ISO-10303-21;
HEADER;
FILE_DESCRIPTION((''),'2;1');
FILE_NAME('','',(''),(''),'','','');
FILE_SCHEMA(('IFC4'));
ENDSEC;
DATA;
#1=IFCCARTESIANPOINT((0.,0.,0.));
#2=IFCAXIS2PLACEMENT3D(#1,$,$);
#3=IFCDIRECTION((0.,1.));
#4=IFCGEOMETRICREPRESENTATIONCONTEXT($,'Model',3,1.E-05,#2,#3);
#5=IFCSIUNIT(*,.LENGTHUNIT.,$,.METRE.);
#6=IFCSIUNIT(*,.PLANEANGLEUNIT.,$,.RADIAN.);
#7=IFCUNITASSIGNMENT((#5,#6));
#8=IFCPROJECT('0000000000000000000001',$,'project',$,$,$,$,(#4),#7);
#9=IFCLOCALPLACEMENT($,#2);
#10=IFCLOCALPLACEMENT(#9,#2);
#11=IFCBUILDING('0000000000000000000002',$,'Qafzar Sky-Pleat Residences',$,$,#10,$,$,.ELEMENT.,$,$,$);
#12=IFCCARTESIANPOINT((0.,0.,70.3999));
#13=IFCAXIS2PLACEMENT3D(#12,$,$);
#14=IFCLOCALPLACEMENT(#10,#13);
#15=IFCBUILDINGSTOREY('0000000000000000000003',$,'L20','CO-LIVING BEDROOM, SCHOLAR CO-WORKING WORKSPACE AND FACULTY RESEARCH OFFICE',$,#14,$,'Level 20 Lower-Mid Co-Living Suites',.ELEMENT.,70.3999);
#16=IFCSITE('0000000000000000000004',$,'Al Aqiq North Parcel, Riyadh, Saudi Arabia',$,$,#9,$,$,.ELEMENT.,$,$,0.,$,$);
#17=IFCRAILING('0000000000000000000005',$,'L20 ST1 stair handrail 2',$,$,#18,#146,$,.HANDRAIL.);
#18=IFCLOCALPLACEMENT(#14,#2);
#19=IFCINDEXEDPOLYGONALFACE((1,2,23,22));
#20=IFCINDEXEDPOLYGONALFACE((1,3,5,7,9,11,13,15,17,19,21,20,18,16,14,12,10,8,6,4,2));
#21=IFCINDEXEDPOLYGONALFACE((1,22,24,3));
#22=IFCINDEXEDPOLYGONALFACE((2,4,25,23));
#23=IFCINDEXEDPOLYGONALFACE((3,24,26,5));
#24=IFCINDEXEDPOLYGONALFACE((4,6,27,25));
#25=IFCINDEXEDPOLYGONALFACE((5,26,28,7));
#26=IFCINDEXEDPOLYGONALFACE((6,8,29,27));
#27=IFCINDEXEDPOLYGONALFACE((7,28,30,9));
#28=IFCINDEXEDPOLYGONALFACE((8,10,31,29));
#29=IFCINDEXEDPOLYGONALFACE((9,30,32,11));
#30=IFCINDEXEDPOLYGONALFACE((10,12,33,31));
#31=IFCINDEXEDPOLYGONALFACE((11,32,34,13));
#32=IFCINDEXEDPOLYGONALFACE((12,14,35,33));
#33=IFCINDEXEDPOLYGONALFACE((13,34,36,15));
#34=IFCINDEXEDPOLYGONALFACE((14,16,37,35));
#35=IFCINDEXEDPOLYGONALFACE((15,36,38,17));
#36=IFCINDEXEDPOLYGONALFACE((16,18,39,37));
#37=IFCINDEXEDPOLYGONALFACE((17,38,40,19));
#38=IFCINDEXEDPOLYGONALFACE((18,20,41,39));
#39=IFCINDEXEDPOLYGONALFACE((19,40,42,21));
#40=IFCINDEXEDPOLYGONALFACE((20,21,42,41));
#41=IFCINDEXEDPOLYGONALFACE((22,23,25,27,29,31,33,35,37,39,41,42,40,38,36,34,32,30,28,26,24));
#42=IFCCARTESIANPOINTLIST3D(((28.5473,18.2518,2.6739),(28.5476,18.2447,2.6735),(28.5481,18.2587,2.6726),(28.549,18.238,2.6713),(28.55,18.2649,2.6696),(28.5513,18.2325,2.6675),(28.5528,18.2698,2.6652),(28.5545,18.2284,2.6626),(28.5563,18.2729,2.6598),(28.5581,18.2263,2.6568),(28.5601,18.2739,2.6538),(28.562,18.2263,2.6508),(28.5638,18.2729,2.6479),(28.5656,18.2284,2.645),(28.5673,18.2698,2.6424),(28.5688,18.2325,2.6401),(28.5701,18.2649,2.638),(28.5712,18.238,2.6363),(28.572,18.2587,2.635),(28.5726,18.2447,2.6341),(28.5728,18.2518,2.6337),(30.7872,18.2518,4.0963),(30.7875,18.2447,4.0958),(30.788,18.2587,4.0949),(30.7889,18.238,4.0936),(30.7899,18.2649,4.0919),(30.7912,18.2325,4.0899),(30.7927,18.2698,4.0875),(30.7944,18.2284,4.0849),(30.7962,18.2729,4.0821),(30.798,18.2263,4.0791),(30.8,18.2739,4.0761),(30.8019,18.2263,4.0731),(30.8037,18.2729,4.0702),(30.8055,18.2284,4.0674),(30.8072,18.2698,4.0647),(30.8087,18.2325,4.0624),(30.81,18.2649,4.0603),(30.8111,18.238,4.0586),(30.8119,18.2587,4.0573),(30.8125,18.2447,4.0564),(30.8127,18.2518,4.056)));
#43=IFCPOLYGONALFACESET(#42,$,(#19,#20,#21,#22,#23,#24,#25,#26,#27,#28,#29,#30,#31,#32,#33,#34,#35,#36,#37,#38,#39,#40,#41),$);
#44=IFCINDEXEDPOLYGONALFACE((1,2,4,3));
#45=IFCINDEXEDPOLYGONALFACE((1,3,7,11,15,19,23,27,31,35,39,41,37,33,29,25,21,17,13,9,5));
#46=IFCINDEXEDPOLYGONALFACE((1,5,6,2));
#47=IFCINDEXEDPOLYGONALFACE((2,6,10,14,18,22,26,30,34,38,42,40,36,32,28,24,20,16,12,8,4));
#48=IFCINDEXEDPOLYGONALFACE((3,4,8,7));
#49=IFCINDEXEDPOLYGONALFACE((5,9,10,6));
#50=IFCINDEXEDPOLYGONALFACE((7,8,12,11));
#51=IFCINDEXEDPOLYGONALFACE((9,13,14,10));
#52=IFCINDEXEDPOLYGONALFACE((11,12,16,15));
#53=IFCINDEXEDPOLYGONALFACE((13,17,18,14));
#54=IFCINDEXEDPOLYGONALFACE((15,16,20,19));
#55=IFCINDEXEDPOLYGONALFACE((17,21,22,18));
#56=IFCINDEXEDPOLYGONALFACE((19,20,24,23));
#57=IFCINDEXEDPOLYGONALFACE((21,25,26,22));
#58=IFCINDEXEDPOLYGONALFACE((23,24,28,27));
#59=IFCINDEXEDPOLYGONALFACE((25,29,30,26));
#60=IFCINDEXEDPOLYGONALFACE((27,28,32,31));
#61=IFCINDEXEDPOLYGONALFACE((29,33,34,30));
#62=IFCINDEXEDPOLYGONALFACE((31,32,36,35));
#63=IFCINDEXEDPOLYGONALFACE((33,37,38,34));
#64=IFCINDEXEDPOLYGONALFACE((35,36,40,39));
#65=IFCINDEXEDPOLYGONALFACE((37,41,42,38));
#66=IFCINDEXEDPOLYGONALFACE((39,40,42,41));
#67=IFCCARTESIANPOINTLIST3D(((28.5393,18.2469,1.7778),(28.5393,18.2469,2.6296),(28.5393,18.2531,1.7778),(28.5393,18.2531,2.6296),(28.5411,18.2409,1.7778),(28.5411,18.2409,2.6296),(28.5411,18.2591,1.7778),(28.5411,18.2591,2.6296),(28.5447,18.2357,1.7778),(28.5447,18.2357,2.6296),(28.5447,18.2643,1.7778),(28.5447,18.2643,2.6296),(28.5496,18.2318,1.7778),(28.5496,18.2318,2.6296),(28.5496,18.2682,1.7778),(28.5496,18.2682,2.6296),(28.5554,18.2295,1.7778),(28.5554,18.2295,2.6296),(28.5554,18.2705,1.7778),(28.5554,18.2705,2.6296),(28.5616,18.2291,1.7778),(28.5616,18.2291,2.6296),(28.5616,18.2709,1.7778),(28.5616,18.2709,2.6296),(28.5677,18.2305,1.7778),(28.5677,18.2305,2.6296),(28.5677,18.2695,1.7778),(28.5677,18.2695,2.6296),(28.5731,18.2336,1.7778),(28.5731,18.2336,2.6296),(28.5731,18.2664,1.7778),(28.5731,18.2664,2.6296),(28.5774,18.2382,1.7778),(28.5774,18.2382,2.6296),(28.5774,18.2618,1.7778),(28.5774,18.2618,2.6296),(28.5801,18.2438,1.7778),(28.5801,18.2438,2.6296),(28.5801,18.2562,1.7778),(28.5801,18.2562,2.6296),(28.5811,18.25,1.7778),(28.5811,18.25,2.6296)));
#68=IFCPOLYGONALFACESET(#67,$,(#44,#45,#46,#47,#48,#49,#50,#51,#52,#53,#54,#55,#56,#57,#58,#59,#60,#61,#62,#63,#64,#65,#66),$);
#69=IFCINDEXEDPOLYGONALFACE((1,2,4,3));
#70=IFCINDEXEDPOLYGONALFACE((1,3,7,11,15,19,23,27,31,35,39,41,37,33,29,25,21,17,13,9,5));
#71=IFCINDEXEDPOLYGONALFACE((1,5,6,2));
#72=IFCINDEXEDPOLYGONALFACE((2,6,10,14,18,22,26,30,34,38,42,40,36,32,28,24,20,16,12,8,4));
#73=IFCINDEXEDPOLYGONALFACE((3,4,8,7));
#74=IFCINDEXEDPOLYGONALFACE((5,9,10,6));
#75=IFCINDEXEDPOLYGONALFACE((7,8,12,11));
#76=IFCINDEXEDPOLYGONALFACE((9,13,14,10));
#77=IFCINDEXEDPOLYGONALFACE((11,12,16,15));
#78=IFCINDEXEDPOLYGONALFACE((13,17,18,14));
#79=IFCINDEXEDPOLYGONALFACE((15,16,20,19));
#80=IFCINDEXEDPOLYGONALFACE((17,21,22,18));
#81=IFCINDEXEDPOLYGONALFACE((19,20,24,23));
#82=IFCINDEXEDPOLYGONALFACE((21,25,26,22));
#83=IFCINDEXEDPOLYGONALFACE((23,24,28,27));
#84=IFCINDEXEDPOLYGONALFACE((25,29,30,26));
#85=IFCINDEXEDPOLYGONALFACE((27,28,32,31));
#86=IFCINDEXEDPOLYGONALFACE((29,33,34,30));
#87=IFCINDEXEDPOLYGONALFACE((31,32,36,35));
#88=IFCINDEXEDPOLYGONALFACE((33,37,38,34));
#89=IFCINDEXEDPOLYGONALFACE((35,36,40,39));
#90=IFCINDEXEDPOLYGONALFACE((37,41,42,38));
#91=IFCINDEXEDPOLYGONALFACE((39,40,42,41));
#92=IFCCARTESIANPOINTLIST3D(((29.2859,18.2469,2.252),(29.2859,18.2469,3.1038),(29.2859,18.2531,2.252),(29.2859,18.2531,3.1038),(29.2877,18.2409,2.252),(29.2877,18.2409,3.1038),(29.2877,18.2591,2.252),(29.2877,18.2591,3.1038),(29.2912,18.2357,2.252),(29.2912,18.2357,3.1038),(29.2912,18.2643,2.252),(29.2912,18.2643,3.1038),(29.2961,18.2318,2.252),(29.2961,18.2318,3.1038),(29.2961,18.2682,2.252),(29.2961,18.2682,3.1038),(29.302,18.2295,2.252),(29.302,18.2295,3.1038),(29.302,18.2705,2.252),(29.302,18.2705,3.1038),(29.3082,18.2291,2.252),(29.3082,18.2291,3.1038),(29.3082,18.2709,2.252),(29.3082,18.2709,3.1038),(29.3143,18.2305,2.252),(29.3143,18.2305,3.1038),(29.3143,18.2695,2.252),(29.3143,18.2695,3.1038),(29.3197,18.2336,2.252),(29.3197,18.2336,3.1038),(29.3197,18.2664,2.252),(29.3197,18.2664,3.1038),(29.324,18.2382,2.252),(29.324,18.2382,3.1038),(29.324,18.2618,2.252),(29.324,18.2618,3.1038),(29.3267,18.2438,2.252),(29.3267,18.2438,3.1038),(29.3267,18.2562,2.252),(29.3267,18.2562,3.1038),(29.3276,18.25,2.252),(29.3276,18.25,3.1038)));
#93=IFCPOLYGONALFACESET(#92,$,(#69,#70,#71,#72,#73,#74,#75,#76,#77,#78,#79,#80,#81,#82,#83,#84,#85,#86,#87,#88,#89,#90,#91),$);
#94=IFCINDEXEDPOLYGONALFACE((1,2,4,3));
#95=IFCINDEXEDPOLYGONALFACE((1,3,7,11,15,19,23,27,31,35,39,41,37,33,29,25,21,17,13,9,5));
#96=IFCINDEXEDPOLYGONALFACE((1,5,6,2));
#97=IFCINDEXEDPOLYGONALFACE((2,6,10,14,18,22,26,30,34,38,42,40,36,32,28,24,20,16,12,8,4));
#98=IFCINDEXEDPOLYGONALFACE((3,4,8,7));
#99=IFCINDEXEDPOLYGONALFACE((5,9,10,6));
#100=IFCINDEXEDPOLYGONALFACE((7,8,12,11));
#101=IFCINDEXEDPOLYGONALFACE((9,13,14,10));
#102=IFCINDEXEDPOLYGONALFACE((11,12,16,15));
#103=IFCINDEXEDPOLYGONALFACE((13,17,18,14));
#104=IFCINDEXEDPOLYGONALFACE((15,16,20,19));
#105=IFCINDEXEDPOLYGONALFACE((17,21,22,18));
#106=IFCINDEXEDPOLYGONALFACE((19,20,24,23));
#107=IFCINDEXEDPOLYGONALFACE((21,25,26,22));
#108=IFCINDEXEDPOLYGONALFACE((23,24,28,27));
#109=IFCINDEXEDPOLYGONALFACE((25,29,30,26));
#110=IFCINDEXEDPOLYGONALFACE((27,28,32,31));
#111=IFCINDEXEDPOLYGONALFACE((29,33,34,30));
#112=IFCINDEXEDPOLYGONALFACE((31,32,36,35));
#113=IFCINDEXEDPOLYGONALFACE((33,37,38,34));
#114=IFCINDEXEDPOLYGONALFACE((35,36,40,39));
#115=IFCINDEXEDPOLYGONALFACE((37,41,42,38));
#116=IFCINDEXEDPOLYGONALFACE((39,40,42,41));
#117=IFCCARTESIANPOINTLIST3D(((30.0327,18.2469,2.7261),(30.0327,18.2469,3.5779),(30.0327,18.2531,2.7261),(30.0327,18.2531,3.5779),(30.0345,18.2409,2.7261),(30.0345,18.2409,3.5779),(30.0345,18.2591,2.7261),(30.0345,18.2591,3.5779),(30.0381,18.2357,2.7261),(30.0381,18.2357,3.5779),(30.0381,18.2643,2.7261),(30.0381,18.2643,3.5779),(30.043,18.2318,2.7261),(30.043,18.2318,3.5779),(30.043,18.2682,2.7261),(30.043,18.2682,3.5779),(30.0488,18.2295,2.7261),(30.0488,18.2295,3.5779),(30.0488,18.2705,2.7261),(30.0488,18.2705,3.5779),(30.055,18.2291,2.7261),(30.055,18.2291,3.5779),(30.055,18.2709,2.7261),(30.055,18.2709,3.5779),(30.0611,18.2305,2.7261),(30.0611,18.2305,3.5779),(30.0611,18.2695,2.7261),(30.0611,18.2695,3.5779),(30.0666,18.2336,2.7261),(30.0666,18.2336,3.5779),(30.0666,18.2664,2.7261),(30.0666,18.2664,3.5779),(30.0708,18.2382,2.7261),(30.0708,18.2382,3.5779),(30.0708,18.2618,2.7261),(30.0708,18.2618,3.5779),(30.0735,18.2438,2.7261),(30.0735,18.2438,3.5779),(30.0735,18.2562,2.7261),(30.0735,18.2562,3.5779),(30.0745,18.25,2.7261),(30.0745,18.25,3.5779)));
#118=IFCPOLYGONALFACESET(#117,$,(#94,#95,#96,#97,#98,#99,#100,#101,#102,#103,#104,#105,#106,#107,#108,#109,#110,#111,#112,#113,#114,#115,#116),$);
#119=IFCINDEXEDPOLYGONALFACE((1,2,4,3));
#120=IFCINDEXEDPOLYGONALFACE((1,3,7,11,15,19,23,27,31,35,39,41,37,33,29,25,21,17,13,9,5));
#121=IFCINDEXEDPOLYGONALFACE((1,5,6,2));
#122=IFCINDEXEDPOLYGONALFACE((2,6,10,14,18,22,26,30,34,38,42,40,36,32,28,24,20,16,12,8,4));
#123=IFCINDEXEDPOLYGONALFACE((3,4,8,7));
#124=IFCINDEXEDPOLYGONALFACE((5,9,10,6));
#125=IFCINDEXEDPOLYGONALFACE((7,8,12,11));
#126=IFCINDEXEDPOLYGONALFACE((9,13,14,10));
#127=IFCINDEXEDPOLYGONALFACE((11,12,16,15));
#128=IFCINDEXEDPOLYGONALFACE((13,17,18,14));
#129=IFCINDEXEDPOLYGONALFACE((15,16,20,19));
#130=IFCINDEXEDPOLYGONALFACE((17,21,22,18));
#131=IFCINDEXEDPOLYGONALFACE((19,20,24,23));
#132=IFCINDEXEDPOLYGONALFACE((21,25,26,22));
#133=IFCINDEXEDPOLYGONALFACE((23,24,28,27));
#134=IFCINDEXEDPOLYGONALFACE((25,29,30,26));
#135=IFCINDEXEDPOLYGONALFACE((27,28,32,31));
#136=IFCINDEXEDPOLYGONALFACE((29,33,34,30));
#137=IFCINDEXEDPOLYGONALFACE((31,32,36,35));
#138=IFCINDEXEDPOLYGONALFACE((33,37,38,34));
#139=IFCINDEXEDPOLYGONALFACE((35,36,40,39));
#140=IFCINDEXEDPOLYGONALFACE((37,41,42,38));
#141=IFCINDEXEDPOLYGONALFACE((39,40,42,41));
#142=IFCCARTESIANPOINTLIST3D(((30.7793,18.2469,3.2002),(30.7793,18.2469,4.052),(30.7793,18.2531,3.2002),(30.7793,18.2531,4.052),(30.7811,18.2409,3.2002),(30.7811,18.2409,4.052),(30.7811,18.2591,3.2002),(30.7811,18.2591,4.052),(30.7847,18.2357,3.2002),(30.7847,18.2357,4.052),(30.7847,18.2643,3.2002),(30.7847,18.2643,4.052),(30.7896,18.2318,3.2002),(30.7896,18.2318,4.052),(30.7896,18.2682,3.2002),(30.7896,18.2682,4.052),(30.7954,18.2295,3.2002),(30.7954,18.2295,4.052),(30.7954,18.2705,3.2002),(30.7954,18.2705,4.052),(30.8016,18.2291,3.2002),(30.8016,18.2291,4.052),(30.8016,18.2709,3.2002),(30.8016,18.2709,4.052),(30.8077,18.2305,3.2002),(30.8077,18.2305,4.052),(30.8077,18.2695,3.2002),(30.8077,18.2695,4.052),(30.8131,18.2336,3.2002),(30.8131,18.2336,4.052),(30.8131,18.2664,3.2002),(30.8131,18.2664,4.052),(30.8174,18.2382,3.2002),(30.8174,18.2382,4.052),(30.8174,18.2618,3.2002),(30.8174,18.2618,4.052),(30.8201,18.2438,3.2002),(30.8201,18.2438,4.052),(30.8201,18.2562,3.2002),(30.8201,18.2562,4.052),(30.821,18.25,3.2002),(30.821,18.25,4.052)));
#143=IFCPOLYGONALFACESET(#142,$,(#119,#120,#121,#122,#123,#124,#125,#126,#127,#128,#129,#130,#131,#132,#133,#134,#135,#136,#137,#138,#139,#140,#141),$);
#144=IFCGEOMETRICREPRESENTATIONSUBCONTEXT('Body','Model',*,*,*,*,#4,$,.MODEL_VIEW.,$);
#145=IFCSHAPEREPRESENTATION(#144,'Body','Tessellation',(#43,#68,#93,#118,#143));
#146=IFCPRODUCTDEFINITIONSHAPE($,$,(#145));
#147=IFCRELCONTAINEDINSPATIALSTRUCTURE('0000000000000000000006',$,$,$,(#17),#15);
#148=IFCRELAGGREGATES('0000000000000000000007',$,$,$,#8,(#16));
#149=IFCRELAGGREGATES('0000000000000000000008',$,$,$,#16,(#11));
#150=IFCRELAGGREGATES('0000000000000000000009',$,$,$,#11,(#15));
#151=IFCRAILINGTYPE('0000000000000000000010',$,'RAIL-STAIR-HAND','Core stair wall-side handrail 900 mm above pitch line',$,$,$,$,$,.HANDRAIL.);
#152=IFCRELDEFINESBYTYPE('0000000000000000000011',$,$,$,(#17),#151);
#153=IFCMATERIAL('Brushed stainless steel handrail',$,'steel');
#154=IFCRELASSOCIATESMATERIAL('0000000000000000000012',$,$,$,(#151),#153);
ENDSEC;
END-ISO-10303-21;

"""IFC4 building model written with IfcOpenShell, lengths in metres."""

from ifc_helpers import new_model, si_unit, direction, frame, origin, origin_2d, place, context, subcontext, project, spatial, circle, extrude, source, transform, mapped, material, type_object, element, save


model = new_model("IFC4")

# Units and contexts
model_context = context("Model", 3, precision=1e-05, world=origin(), true_north=direction((0.0, 1.0)))
body_context = subcontext(model_context, "Body", "Model", "MODEL_VIEW")
ifc_project = project(units=[si_unit("LENGTHUNIT", "METRE"), si_unit("PLANEANGLEUNIT", "RADIAN")], contexts=[model_context])

# Site, building, storey
site_placement = place(None, origin())
site = spatial("IfcSite", under=ifc_project, at=site_placement, Name="Al Aqiq North Parcel, Riyadh, Saudi Arabia", CompositionType="ELEMENT", RefElevation=0.0)
building_placement = place(site_placement, origin())
building = spatial("IfcBuilding", under=site, at=building_placement, Name="Qafzar Sky-Pleat Residences", CompositionType="ELEMENT")
storey_placement = place(building_placement, frame((0.0, 0.0, 70.3999)))
storey = spatial("IfcBuildingStorey", under=building, at=storey_placement, Name="L20", Description="CO-LIVING BEDROOM, SCHOLAR CO-WORKING WORKSPACE AND FACULTY RESEARCH OFFICE", LongName="Level 20 Lower-Mid Co-Living Suites", CompositionType="ELEMENT", Elevation=70.3999)

# Railing
ifc_material_1 = material(Name="Brushed stainless steel handrail", Category="steel")
railing_type_1 = type_object("IfcRailingType", Name="RAIL-STAIR-HAND", Description="Core stair wall-side handrail 900 mm above pitch line", PredefinedType="HANDRAIL", material=ifc_material_1)
shared_shape_1 = source(origin(), body_context, "Body", "SweptSolid", [
    extrude(circle(Radius=0.0239, at=origin_2d()), frame((0.0, 0.0, 0.876), z_axis=(0.844188, 0.0, 0.536048), x_axis=(0.0, 1.0, 0.0)), (0.0, 0.0, 1.0), 2.6533),
    extrude(circle(Radius=0.021, at=origin_2d()), origin(), (0.0, 0.0, 1.0), 0.8518),
    extrude(circle(Radius=0.021, at=origin_2d()), frame((0.7466, 0.0, 0.4741)), (0.0, 0.0, 1.0), 0.8518),
    extrude(circle(Radius=0.021, at=origin_2d()), frame((1.4934, 0.0, 0.9482)), (0.0, 0.0, 1.0), 0.8518),
    extrude(circle(Radius=0.021, at=origin_2d()), frame((2.24, 0.0, 1.4224)), (0.0, 0.0, 1.0), 0.8518),
])
railing_1_placement = place(storey_placement, frame((28.5601, 18.25, 1.7778)))
element("IfcRailing", 1, at=railing_1_placement, inside=storey, type_object=railing_type_1, Name="L20 ST1 stair handrail 2", PredefinedType="HANDRAIL", context=body_context, shape_type="MappedRepresentation", body=[
    mapped(shared_shape_1, transform((0.0, 0.0, 0.0), x_axis=(1.0, 0.0, 0.0), y_axis=(0.0, 1.0, 0.0), z_axis=(0.0, 0.0, 1.0), scale=1.0)),
])

save(model, "model.ifc")
